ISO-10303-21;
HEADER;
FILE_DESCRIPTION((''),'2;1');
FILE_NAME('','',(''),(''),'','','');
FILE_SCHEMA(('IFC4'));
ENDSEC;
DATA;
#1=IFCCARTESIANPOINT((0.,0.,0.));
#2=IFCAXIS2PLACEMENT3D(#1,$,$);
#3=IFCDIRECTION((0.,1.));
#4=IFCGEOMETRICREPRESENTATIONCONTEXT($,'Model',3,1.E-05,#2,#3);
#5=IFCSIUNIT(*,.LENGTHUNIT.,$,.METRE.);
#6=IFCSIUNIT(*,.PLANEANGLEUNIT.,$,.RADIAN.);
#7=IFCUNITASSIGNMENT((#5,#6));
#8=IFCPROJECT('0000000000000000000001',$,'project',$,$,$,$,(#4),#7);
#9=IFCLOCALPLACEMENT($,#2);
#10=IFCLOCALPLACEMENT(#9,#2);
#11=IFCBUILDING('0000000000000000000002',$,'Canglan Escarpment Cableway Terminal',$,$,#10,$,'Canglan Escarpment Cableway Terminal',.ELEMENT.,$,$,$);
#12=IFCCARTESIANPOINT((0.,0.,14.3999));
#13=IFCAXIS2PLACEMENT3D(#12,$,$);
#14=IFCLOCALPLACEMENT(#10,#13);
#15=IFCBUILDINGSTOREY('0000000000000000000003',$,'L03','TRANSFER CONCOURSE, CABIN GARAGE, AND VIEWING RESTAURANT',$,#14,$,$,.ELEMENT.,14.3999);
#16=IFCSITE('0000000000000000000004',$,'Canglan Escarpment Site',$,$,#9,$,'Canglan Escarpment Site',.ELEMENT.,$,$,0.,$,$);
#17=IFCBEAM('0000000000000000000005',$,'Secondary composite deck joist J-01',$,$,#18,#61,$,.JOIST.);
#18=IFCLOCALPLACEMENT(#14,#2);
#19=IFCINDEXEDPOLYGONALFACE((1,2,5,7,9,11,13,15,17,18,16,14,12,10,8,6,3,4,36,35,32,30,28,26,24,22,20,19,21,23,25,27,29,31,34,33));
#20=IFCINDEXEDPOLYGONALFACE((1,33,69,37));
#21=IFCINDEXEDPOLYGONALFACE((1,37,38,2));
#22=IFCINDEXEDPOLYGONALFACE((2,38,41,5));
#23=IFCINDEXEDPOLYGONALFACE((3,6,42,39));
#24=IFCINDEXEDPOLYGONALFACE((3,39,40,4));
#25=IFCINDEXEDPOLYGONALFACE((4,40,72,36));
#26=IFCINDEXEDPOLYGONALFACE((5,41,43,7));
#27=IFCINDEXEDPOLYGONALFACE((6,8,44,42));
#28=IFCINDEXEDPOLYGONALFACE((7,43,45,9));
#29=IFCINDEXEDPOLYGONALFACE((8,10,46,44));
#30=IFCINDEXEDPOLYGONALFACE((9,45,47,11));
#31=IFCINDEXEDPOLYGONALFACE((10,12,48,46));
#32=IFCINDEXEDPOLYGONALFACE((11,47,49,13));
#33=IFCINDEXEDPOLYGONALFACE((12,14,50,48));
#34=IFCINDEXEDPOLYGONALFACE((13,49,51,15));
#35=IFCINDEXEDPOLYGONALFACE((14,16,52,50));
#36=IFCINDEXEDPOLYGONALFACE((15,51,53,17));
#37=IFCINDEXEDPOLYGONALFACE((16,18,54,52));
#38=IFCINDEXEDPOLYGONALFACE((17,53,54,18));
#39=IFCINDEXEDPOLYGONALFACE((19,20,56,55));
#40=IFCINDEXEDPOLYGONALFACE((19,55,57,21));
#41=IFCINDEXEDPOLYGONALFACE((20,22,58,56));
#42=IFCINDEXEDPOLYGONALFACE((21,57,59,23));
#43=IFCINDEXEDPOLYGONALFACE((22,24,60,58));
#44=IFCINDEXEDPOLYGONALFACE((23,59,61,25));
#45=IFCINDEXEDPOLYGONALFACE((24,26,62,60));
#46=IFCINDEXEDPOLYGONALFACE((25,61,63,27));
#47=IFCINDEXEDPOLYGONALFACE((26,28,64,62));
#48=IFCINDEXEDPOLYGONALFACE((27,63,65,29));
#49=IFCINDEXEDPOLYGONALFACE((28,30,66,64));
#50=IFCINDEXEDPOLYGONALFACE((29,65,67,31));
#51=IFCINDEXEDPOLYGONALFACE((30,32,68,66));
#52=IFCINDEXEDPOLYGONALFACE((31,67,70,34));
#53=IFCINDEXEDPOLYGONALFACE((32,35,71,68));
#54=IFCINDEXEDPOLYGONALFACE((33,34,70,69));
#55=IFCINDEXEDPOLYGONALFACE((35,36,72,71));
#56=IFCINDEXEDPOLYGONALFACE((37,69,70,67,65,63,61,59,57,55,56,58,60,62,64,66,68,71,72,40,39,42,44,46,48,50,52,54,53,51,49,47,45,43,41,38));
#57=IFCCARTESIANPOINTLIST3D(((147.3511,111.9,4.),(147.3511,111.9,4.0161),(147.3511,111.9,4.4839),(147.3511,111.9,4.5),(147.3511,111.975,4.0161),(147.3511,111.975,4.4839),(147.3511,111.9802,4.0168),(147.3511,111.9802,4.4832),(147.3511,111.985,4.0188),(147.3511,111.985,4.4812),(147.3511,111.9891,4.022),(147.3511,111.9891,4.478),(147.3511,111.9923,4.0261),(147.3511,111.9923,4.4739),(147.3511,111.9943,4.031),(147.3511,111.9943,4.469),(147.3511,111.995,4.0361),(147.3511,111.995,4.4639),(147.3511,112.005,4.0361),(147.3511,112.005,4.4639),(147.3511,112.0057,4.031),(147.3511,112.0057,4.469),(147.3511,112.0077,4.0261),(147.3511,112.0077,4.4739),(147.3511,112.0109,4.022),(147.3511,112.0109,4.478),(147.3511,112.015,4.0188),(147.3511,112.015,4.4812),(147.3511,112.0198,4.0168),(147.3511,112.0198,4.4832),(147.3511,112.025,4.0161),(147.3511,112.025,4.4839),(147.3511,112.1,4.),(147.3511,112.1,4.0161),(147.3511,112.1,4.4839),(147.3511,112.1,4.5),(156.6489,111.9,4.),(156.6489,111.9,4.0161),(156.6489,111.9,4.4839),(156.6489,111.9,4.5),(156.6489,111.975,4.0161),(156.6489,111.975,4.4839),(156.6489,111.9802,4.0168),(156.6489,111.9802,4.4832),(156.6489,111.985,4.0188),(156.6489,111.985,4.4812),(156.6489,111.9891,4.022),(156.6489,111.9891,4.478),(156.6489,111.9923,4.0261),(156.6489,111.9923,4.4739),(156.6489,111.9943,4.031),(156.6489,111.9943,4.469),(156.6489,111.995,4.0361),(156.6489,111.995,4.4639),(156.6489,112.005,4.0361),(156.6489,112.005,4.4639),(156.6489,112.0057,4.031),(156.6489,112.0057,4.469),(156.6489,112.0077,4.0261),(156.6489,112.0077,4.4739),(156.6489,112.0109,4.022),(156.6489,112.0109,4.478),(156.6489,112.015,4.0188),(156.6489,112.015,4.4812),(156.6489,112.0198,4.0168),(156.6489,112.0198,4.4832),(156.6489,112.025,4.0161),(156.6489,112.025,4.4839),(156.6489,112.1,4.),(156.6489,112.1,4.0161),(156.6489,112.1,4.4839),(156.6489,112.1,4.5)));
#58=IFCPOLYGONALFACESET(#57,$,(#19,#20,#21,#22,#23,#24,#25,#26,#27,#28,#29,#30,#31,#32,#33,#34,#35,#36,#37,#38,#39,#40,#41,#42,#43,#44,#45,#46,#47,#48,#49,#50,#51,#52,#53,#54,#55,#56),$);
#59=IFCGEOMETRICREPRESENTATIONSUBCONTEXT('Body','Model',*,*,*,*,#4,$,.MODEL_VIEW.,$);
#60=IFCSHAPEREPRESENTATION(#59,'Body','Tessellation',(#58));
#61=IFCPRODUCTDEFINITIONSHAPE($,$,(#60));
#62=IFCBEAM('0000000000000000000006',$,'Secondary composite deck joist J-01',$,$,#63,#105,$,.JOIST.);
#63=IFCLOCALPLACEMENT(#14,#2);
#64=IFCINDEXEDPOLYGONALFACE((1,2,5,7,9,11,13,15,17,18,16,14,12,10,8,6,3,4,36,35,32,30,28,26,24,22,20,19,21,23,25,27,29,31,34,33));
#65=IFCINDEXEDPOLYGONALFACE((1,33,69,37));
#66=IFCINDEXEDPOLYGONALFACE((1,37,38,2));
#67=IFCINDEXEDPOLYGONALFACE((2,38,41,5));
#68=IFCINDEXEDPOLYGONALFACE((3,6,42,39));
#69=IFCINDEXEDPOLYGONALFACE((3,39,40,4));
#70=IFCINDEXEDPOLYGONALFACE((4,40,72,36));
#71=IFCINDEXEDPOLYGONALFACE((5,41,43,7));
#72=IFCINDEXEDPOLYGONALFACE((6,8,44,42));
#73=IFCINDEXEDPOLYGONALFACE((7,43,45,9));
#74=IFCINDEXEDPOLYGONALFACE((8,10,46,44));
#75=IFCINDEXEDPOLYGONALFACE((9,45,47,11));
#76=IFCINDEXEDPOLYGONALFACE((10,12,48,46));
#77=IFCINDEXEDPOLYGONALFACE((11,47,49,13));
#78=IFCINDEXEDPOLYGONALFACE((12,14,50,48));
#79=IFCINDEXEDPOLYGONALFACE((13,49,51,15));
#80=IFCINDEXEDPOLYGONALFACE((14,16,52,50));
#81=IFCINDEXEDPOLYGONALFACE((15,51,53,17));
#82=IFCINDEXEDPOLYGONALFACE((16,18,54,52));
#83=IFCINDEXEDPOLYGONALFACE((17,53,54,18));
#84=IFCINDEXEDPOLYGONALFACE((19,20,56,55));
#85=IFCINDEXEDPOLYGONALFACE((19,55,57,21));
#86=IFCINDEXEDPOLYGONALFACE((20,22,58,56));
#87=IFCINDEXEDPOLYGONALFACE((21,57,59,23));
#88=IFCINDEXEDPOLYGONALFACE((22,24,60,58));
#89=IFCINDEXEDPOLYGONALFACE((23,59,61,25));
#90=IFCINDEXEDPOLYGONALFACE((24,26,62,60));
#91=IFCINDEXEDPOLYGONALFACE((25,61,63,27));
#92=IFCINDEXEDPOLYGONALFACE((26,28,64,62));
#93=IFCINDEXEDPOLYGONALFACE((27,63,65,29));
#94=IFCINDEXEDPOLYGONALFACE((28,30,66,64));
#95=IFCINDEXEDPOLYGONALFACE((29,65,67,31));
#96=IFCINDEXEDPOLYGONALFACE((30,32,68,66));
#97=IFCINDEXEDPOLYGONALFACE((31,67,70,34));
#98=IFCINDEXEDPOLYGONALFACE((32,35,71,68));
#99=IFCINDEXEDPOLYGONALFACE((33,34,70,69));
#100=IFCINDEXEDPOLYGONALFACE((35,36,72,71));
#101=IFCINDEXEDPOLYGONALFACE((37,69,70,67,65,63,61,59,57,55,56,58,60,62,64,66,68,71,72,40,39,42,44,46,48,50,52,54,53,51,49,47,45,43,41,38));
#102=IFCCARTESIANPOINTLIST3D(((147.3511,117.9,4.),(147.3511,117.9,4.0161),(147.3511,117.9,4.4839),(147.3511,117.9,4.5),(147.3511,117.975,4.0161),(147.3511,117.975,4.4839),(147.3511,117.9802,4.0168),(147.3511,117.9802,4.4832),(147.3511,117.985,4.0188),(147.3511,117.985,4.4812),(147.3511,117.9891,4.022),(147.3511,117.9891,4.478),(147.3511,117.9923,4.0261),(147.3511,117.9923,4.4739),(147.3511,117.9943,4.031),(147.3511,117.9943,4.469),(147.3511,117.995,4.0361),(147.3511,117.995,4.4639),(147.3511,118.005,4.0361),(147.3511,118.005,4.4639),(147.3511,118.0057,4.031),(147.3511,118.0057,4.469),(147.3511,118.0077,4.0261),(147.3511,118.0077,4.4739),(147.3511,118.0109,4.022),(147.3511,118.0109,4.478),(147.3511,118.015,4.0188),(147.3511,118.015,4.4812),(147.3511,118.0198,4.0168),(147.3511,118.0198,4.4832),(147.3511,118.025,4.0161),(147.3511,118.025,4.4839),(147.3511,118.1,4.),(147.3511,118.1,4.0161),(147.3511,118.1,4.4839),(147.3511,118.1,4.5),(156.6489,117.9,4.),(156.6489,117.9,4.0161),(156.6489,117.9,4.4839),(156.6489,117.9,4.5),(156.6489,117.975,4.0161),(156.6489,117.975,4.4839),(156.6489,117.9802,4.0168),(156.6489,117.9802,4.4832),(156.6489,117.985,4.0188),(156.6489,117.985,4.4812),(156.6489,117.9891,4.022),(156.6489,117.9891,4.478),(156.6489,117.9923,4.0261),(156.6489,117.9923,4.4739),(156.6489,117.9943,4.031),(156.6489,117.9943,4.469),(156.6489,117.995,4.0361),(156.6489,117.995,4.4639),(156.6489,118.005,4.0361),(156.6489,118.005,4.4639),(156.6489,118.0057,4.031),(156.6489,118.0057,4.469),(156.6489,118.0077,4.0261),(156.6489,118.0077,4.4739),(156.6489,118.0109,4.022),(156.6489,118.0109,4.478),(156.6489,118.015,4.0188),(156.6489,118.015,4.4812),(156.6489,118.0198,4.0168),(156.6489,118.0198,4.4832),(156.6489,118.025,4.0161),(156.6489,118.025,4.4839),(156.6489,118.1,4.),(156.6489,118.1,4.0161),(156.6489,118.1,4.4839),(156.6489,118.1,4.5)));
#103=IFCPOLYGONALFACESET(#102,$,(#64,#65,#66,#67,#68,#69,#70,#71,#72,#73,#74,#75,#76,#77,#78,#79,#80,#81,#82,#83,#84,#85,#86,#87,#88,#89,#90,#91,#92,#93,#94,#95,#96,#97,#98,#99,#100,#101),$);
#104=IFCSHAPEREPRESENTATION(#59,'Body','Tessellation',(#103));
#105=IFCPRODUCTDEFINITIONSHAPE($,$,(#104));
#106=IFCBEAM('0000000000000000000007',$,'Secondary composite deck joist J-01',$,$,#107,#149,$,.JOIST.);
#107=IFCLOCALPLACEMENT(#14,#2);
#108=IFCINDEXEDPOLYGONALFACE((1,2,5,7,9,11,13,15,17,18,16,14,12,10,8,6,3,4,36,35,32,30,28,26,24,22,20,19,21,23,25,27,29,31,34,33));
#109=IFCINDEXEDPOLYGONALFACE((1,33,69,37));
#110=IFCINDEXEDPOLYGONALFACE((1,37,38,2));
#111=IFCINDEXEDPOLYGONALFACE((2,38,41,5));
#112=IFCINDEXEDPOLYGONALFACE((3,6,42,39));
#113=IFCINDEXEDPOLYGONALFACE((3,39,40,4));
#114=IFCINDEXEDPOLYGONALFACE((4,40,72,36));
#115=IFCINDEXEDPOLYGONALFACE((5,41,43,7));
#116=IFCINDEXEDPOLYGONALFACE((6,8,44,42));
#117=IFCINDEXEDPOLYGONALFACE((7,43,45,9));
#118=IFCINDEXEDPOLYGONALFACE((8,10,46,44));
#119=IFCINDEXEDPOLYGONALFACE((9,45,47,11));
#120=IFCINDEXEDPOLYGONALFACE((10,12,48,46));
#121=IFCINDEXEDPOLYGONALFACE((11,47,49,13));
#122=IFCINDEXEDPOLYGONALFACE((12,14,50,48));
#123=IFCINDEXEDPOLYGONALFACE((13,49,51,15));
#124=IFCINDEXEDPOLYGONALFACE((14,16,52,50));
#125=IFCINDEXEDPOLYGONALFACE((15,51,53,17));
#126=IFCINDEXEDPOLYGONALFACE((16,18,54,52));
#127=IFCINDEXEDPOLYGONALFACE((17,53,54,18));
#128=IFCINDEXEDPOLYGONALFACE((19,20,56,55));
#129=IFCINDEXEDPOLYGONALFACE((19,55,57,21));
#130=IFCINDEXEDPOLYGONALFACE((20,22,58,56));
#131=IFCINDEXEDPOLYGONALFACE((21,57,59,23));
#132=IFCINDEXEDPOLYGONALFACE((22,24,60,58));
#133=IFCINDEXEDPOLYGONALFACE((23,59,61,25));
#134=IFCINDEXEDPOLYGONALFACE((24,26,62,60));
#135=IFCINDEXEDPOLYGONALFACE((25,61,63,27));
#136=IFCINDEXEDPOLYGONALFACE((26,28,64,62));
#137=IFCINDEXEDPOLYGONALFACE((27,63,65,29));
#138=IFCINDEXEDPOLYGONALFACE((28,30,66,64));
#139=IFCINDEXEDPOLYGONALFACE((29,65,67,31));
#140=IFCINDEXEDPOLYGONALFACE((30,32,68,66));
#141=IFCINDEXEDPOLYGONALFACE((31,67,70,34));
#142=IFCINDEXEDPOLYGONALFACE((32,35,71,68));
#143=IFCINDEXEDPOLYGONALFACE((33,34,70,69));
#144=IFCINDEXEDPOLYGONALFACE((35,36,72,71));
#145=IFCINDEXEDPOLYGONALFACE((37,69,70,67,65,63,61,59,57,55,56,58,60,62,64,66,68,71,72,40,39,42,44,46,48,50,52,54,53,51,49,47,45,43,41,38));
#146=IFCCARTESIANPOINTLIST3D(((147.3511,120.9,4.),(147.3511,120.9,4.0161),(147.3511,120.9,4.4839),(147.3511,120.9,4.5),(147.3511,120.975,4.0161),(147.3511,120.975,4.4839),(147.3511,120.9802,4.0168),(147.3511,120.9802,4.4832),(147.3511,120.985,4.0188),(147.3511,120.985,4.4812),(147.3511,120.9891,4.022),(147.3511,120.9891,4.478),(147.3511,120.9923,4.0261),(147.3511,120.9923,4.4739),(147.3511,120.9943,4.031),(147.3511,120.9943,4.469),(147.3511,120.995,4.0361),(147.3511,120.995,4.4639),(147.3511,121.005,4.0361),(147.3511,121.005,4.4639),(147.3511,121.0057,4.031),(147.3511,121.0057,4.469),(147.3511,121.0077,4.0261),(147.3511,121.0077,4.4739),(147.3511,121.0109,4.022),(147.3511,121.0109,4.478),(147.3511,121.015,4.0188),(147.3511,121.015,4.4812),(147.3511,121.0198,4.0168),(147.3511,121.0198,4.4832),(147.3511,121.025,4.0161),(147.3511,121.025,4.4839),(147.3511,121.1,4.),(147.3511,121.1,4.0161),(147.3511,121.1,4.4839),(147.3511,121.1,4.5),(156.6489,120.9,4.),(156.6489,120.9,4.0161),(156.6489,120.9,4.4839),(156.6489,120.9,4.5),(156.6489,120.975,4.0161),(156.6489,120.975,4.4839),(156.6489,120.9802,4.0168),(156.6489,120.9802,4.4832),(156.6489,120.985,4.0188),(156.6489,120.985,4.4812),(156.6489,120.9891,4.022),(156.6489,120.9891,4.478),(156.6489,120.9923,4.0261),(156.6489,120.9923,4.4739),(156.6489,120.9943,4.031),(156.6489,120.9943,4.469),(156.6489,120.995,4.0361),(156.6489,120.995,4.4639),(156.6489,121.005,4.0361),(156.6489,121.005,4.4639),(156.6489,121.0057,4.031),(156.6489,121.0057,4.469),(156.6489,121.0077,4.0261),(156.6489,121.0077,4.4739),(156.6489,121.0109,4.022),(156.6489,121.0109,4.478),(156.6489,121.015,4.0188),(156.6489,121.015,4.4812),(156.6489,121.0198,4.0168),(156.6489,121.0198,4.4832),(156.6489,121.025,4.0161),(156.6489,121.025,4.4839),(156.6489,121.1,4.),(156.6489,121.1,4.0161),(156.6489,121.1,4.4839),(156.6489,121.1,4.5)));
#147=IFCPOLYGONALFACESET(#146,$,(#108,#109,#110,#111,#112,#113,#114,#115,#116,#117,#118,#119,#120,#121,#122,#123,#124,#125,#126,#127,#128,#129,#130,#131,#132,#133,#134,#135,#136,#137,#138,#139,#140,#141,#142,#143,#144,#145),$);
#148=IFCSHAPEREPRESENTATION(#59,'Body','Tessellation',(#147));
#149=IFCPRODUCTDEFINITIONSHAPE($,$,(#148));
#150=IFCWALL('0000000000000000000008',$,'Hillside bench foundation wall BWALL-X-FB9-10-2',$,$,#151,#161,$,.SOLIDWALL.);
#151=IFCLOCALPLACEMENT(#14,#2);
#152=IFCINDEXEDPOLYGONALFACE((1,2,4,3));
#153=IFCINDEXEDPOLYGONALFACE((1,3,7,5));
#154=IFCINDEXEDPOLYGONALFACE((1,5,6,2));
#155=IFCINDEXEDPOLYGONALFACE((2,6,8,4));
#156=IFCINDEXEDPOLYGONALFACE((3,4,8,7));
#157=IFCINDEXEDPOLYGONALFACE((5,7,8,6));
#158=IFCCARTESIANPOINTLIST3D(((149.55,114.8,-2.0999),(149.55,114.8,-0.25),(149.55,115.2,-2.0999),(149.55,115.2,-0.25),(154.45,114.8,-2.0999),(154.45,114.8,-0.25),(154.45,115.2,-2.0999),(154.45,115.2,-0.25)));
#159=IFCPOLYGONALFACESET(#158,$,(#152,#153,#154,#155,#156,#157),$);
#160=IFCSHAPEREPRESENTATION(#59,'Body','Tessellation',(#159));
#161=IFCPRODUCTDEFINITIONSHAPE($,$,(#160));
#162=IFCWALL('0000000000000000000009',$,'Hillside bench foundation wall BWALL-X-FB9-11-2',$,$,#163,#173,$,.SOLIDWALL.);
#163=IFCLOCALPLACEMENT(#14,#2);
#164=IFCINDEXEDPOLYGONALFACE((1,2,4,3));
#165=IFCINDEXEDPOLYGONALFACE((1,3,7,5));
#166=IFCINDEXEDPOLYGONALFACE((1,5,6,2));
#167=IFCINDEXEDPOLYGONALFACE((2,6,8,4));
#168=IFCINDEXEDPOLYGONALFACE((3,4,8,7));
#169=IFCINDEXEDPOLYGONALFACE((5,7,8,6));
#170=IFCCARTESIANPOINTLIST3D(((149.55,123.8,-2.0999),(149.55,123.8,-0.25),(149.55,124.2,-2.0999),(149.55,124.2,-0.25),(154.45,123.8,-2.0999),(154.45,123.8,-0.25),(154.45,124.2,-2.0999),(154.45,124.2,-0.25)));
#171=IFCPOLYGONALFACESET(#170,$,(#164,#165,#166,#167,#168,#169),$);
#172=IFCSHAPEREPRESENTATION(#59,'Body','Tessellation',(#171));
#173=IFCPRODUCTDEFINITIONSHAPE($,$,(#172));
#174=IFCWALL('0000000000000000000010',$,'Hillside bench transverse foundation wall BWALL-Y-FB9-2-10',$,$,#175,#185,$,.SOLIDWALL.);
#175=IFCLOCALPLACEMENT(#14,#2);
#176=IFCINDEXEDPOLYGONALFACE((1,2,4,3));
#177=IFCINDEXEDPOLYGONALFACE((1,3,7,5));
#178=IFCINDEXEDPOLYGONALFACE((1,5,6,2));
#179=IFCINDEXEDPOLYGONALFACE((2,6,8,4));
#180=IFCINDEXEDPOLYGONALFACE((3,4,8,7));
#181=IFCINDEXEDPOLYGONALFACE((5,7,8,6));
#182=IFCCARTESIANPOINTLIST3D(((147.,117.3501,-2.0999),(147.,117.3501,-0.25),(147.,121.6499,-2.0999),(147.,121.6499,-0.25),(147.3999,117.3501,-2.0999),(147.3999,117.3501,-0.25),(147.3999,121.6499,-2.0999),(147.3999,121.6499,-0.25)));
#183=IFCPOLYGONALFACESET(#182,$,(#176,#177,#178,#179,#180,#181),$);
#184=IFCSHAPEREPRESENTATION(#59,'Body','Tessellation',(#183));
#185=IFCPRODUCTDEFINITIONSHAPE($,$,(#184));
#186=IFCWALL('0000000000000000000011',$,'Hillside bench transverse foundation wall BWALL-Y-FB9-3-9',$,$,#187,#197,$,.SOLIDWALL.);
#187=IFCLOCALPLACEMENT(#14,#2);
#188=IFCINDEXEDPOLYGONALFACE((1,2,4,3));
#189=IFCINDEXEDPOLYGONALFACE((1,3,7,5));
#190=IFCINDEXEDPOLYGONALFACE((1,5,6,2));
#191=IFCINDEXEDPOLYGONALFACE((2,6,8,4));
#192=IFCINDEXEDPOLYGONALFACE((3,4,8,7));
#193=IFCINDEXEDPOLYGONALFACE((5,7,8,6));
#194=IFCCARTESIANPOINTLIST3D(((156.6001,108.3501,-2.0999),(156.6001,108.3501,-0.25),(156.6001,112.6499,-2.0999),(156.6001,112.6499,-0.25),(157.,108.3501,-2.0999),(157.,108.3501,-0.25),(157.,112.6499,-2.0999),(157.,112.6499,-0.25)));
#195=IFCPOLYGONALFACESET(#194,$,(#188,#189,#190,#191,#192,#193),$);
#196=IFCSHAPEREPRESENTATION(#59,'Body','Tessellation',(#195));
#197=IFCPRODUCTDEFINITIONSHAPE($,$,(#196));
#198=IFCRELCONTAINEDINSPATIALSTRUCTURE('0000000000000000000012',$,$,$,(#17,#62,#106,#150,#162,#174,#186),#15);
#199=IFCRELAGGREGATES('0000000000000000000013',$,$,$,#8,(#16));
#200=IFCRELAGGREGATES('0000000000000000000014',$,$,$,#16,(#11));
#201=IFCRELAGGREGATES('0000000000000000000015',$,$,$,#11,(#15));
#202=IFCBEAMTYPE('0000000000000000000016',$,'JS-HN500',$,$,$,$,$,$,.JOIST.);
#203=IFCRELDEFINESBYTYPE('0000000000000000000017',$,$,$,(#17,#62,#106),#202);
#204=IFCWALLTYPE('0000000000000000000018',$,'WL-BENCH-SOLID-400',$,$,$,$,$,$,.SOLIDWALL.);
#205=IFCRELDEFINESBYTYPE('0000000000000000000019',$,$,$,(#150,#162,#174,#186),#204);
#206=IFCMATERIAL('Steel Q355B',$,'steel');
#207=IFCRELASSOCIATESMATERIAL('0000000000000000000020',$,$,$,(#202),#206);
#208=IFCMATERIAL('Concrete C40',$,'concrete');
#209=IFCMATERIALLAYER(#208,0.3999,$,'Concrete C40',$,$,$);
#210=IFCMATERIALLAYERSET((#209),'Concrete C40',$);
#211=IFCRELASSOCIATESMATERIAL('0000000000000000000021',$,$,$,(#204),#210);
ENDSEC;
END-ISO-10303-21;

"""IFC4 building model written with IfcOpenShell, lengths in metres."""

from ifc_helpers import new_model, si_unit, direction, frame, frame_2d, origin, origin_2d, place, context, subcontext, project, spatial, rectangle, i_section, extrude, material, layer, layer_set, material_profile, profile_set, type_object, element, save


model = new_model("IFC4")

# Units and contexts
model_context = context("Model", 3, precision=1e-05, world=origin(), true_north=direction((0.0, 1.0)))
body_context = subcontext(model_context, "Body", "Model", "MODEL_VIEW")
ifc_project = project(units=[si_unit("LENGTHUNIT", "METRE"), si_unit("PLANEANGLEUNIT", "RADIAN")], contexts=[model_context])

# Site, building, storey
site_placement = place(None, origin())
site = spatial("IfcSite", under=ifc_project, at=site_placement, Name="Canglan Escarpment Site", LongName="Canglan Escarpment Site", CompositionType="ELEMENT", RefElevation=0.0)
building_placement = place(site_placement, origin())
building = spatial("IfcBuilding", under=site, at=building_placement, Name="Canglan Escarpment Cableway Terminal", LongName="Canglan Escarpment Cableway Terminal", CompositionType="ELEMENT")
storey_placement = place(building_placement, frame((0.0, 0.0, 14.3999)))
storey = spatial("IfcBuildingStorey", under=building, at=storey_placement, Name="L03", Description="TRANSFER CONCOURSE, CABIN GARAGE, AND VIEWING RESTAURANT", CompositionType="ELEMENT", Elevation=14.3999)

# Shared definitions
ifc_material_1 = material(Name="Concrete C40", Category="concrete")

# Beams
ifc_material_2 = material(Name="Steel Q355B", Category="steel")
ifc_material_profile_1 = material_profile(ifc_material_2, i_section(OverallWidth=0.2, OverallDepth=0.5, WebThickness=0.01, FlangeThickness=0.0161, FilletRadius=0.02, at=origin_2d()), Name="HN 500x200x10x16")
ifc_profile_set_1 = profile_set([ifc_material_profile_1], Name="Steel Q355B")
beam_type_1 = type_object("IfcBeamType", Name="JS-HN500", PredefinedType="JOIST", material=ifc_profile_set_1)
for number, where, z_axis, x_axis, name in (
    (1, (147.3511, 112.0, 4.25), (1.0, 0.0, 0.0), (0.0, 1.0, 0.0), "Secondary composite deck joist J-01"),
    (2, (147.3511, 118.0, 4.25), (1.0, 0.0, 0.0), (0.0, 1.0, 0.0), "Secondary composite deck joist J-01"),
    (3, (147.3511, 121.0, 4.25), (1.0, 0.0, 0.0), (0.0, 1.0, 0.0), "Secondary composite deck joist J-01"),
):
    element("IfcBeam", number, at=place(storey_placement, frame(where, z_axis=z_axis, x_axis=x_axis)), inside=storey, type_object=beam_type_1, Name=name, PredefinedType="JOIST", context=body_context, shape_type="SweptSolid", body=[
        extrude(i_section(OverallWidth=0.2, OverallDepth=0.5, WebThickness=0.01, FlangeThickness=0.0161, FilletRadius=0.02, at=origin_2d()), origin(), (0.0, 0.0, 1.0), 9.2979),
    ])

# Walls
ifc_layer_1 = layer(ifc_material_1, 0.3999, Name="Concrete C40")
ifc_layer_set_1 = layer_set([ifc_layer_1], Name="Concrete C40")
wall_type_1 = type_object("IfcWallType", Name="WL-BENCH-SOLID-400", PredefinedType="SOLIDWALL", material=ifc_layer_set_1)
for number, where, z_axis, x_axis, name in (
    (4, (149.55, 115.0, -2.0999), (0.0, 0.0, 1.0), (1.0, 0.0, 0.0), "Hillside bench foundation wall BWALL-X-FB9-10-2"),
    (5, (149.55, 124.0, -2.0999), (0.0, 0.0, 1.0), (1.0, 0.0, 0.0), "Hillside bench foundation wall BWALL-X-FB9-11-2"),
):
    element("IfcWall", number, at=place(storey_placement, frame(where, z_axis=z_axis, x_axis=x_axis)), inside=storey, type_object=wall_type_1, Name=name, PredefinedType="SOLIDWALL", context=body_context, shape_type="SweptSolid", body=[
        extrude(rectangle(XDim=4.8999, YDim=0.3999, at=frame_2d((2.45, 0.0))), origin(), (0.0, 0.0, 1.0), 1.8499),
    ])
for number, where, z_axis, x_axis, name in (
    (6, (147.2, 117.3501, -2.0999), (0.0, 0.0, 1.0), (0.0, 1.0, 0.0), "Hillside bench transverse foundation wall BWALL-Y-FB9-2-10"),
    (7, (156.8, 108.3501, -2.0999), (0.0, 0.0, 1.0), (0.0, 1.0, 0.0), "Hillside bench transverse foundation wall BWALL-Y-FB9-3-9"),
):
    element("IfcWall", number, at=place(storey_placement, frame(where, z_axis=z_axis, x_axis=x_axis)), inside=storey, type_object=wall_type_1, Name=name, PredefinedType="SOLIDWALL", context=body_context, shape_type="SweptSolid", body=[
        extrude(rectangle(XDim=4.2998, YDim=0.3999, at=frame_2d((2.1499, 0.0))), origin(), (0.0, 0.0, 1.0), 1.8499),
    ])

save(model, "model.ifc")
